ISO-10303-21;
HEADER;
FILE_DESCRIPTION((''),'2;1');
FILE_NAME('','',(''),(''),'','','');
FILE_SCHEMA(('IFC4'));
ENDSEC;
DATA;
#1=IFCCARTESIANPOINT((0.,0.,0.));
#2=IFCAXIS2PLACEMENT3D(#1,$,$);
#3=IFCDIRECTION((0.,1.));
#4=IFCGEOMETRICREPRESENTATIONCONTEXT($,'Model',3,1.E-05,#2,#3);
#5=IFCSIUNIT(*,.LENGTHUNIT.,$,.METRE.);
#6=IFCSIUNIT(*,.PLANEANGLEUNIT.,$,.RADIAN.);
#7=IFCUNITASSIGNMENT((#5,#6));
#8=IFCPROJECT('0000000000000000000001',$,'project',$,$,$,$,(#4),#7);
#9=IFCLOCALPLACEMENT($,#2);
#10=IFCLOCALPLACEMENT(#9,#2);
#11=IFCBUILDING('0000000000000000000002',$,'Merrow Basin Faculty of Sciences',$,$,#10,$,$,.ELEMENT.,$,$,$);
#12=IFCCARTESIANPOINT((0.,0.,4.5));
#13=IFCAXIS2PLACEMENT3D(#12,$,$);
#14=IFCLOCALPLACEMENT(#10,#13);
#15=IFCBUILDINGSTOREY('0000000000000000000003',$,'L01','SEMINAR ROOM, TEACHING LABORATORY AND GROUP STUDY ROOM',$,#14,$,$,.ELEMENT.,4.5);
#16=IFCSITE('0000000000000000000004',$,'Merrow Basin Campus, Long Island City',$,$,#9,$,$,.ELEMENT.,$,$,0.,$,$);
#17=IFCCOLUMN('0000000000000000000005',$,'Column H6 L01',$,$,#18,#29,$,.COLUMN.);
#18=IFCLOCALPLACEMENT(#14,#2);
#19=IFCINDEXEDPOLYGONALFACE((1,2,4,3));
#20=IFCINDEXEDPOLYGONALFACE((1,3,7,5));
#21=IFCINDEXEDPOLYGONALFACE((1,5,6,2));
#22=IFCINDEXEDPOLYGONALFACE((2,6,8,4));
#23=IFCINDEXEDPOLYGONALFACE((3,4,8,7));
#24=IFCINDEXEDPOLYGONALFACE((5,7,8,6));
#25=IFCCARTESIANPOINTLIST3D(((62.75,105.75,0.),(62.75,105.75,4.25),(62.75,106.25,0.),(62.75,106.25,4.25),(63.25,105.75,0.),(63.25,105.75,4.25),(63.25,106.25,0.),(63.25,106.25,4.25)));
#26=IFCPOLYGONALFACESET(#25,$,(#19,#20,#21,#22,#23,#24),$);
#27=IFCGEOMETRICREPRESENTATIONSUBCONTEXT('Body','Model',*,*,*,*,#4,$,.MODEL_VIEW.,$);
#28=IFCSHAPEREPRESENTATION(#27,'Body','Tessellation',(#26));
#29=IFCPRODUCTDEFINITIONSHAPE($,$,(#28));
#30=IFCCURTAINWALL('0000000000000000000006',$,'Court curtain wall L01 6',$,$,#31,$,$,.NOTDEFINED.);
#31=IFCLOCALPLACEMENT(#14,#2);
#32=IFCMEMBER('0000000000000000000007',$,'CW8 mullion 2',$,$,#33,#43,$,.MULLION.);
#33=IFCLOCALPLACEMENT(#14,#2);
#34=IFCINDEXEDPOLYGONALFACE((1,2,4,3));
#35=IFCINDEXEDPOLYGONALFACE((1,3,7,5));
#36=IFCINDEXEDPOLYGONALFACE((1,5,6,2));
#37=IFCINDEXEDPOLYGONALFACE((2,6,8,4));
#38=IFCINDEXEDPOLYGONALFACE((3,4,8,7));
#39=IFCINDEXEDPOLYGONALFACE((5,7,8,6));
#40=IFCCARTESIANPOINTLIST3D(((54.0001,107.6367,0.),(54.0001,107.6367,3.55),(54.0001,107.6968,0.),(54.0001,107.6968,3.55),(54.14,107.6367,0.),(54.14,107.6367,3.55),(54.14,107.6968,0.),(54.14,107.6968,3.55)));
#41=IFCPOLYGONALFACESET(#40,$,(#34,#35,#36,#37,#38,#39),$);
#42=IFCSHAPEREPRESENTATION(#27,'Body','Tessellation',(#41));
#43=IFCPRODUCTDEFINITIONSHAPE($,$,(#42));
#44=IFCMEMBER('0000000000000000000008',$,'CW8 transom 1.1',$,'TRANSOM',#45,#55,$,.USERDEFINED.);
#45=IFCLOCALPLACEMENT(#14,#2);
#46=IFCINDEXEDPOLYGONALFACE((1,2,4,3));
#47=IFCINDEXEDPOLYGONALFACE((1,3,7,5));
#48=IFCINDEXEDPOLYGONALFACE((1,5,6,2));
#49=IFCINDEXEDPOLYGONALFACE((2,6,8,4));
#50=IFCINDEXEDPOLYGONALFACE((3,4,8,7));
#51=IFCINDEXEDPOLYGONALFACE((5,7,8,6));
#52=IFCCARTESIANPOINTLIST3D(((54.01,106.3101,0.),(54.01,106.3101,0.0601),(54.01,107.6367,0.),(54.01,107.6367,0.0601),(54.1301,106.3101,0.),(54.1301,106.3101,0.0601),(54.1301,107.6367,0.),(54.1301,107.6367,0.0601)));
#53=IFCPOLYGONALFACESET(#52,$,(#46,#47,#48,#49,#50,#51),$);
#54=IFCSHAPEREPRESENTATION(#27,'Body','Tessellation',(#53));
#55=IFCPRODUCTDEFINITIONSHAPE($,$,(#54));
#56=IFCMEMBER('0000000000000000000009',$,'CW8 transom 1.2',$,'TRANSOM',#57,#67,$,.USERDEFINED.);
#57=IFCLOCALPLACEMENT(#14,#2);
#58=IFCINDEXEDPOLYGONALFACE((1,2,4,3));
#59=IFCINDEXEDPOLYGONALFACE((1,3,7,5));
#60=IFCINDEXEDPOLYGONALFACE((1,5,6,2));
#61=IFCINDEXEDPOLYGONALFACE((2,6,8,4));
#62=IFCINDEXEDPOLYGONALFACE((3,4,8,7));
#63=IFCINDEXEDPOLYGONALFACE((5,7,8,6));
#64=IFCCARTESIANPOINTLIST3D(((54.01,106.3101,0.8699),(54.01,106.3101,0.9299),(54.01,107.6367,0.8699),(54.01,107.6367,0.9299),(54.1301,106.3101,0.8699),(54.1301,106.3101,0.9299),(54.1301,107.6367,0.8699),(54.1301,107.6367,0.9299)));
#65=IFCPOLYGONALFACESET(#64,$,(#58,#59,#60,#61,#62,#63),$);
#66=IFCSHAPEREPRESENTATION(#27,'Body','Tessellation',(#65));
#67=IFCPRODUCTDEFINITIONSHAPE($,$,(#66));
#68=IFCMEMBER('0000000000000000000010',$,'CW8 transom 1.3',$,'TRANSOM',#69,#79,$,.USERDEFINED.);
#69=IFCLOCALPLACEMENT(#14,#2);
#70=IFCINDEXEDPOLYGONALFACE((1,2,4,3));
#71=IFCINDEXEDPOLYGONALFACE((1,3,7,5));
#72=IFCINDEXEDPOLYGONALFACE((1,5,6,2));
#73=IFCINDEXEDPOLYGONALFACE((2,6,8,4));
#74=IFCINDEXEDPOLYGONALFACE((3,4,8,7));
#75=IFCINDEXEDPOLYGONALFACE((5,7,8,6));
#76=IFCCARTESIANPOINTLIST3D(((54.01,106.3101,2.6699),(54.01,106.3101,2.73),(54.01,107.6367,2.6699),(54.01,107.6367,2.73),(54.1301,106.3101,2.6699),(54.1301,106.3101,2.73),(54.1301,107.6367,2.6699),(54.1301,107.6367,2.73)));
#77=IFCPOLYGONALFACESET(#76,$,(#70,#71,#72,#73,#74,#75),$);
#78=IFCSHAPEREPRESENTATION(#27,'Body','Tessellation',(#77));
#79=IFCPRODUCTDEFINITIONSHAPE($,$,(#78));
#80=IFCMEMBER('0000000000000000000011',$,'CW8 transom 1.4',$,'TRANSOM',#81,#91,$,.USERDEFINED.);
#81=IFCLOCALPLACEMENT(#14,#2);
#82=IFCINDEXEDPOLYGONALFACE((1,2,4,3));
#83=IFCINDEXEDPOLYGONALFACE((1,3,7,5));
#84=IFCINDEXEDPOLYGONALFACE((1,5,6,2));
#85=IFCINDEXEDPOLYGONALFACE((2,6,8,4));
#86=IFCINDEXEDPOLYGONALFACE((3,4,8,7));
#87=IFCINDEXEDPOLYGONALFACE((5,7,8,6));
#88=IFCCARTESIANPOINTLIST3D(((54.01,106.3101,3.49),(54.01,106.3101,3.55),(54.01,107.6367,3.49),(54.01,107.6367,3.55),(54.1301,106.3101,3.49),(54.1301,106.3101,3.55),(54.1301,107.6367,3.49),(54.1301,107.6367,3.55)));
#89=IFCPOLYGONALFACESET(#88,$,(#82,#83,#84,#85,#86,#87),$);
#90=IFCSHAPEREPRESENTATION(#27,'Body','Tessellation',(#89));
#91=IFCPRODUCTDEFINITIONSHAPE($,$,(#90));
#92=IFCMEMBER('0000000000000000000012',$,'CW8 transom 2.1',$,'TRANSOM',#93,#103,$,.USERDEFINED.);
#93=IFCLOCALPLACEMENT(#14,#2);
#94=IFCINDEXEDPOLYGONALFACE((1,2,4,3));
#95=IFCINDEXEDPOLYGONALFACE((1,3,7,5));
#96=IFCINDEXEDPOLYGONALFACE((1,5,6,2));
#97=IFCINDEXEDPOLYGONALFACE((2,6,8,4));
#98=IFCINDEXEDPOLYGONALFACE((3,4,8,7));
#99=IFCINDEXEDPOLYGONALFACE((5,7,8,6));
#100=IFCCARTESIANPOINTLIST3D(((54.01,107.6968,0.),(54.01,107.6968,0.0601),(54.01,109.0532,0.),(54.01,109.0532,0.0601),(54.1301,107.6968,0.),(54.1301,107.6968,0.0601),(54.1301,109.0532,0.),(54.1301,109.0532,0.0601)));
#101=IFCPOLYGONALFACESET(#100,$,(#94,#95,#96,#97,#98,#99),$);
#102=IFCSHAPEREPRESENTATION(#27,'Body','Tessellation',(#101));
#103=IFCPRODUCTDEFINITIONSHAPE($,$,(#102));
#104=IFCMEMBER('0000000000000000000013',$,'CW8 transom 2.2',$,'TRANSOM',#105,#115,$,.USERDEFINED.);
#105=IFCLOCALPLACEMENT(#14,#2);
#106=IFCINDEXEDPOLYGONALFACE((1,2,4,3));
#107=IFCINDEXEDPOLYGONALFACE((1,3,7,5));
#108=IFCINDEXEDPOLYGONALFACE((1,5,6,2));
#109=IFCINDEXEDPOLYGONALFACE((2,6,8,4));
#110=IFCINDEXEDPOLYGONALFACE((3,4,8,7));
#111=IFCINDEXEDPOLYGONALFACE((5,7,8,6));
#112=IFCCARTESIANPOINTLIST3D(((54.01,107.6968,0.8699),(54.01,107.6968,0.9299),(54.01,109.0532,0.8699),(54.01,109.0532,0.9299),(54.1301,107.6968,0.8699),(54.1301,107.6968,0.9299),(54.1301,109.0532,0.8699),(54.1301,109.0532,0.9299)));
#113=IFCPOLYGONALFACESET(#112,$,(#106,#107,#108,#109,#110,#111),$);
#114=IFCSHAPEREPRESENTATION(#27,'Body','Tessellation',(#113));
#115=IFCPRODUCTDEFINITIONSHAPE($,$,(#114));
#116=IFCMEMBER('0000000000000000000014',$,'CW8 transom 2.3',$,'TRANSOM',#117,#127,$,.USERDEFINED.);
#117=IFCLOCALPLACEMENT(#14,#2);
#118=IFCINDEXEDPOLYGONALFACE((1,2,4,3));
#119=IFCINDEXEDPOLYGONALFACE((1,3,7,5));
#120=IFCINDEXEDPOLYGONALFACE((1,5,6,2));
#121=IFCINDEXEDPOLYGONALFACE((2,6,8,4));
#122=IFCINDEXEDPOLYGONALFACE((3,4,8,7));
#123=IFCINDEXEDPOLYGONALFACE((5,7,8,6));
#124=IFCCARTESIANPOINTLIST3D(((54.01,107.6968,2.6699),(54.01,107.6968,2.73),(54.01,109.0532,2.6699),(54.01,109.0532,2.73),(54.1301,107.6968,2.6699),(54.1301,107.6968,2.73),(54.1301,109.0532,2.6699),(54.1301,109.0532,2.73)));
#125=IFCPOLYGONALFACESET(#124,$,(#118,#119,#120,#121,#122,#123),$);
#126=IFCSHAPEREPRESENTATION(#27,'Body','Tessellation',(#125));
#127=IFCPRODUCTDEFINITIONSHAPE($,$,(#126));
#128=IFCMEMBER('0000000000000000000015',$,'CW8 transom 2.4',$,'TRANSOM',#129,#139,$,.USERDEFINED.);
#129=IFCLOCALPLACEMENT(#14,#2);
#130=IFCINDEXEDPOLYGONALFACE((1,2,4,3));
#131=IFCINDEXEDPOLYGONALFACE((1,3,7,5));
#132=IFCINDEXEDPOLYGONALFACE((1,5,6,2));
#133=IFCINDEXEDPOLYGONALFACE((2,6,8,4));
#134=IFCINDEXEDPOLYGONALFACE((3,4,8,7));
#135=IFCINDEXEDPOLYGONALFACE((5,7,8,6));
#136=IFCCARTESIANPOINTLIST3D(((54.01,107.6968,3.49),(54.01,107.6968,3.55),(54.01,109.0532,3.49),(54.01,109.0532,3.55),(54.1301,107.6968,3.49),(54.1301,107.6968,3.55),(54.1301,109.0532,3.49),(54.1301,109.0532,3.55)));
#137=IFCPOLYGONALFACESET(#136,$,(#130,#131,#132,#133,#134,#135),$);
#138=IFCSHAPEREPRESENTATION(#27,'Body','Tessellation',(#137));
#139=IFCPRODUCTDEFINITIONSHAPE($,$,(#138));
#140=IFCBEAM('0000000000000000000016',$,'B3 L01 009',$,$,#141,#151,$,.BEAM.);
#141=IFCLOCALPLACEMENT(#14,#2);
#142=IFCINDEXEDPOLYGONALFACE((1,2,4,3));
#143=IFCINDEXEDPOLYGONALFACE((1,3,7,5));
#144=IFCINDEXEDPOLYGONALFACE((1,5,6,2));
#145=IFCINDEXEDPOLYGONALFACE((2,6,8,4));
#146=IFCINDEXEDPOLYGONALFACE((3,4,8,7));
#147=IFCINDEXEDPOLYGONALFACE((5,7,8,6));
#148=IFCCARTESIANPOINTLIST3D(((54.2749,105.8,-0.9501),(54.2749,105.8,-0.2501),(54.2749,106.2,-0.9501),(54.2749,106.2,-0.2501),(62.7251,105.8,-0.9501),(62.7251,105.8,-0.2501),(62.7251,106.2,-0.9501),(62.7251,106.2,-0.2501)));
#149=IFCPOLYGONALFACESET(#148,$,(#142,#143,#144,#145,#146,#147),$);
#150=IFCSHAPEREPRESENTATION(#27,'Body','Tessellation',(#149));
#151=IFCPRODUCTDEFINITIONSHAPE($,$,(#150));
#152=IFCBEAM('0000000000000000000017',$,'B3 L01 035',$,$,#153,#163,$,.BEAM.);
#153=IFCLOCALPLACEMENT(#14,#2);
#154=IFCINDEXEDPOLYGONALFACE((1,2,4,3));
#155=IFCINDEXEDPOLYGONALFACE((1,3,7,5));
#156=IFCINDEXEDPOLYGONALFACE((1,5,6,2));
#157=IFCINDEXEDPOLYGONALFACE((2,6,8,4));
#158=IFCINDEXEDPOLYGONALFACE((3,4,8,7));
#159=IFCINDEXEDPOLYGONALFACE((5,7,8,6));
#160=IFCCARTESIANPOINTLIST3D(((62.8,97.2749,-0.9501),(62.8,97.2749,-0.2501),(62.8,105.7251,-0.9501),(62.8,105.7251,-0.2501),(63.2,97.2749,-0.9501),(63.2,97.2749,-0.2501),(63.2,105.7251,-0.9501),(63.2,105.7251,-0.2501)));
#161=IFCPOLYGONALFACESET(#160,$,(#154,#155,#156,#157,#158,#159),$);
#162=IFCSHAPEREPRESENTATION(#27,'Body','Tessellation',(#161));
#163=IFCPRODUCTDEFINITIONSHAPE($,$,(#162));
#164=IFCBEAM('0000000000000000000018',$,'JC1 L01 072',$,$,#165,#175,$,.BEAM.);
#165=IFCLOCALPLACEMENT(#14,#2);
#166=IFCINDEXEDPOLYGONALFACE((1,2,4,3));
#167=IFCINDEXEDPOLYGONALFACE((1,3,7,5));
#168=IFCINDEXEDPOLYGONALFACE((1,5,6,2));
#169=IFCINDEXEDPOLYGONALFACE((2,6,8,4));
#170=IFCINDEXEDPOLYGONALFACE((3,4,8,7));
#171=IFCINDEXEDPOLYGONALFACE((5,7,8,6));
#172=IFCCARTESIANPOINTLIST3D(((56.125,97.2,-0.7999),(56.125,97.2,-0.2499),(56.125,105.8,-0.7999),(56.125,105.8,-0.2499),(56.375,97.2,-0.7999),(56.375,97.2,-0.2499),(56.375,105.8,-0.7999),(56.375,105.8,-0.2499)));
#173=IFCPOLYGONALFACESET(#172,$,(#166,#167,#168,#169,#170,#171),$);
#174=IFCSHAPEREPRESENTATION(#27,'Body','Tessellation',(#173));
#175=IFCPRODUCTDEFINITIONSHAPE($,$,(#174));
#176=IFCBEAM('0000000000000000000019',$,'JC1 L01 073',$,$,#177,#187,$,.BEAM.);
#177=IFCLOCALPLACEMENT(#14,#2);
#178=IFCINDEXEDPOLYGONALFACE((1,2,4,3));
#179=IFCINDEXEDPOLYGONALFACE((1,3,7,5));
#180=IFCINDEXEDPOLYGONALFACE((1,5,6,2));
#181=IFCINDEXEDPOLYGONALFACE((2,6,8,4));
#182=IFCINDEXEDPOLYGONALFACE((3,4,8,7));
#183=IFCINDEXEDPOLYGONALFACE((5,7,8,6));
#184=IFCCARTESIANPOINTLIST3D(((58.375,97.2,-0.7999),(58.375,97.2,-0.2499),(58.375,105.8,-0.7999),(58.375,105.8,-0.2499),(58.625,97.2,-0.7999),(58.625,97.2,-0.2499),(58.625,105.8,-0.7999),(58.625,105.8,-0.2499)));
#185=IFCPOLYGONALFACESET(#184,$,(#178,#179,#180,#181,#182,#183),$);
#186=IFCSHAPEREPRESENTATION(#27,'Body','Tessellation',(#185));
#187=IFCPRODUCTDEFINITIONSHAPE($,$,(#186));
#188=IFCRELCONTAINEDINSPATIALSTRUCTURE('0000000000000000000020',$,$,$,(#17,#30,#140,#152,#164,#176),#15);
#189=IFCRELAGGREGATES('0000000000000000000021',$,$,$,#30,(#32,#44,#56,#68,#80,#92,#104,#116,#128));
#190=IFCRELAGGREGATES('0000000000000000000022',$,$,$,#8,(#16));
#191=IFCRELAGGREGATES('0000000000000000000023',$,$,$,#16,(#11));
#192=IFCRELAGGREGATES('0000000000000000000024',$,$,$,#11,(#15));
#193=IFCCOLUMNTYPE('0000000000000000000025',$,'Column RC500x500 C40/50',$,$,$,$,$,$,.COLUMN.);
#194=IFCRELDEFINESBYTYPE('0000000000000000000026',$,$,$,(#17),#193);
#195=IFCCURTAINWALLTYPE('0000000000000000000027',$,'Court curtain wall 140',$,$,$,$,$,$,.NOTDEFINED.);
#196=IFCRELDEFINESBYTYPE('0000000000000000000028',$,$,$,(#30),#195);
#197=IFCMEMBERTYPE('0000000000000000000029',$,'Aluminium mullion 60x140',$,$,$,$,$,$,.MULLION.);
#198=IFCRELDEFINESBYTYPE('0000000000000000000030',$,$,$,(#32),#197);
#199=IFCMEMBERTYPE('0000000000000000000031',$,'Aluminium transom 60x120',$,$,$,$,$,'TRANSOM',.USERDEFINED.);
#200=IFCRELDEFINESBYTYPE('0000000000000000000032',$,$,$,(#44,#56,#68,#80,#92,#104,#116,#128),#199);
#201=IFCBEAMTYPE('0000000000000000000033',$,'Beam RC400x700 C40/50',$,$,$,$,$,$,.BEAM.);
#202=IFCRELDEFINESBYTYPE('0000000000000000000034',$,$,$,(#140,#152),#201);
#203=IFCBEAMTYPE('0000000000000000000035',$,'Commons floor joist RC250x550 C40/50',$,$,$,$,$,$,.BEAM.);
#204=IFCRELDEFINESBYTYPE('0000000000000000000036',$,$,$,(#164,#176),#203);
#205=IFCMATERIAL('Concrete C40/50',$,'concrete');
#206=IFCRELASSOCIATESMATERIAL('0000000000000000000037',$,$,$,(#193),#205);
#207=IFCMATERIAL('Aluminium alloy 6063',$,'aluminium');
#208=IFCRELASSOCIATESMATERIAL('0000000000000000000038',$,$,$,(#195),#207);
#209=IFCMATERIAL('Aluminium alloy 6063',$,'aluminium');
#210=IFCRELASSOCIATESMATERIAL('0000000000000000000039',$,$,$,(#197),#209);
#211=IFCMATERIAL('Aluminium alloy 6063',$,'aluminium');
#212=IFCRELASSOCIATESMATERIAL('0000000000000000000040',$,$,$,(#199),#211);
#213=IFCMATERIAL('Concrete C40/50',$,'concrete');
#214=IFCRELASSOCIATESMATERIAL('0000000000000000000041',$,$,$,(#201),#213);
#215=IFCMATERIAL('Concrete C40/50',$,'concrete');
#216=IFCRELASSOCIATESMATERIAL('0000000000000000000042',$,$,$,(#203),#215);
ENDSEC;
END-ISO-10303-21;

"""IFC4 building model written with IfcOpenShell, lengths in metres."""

from ifc_helpers import new_model, si_unit, direction, frame, origin, origin_2d, place, context, subcontext, project, spatial, rectangle, extrude, material, material_profile, profile_set, type_object, element, aggregate, save


model = new_model("IFC4")

# Units and contexts
model_context = context("Model", 3, precision=1e-05, world=origin(), true_north=direction((0.0, 1.0)))
body_context = subcontext(model_context, "Body", "Model", "MODEL_VIEW")
ifc_project = project(units=[si_unit("LENGTHUNIT", "METRE"), si_unit("PLANEANGLEUNIT", "RADIAN")], contexts=[model_context])

# Site, building, storey
site_placement = place(None, origin())
site = spatial("IfcSite", under=ifc_project, at=site_placement, Name="Merrow Basin Campus, Long Island City", CompositionType="ELEMENT", RefElevation=0.0)
building_placement = place(site_placement, origin())
building = spatial("IfcBuilding", under=site, at=building_placement, Name="Merrow Basin Faculty of Sciences", CompositionType="ELEMENT")
storey_placement = place(building_placement, frame((0.0, 0.0, 4.5)))
storey = spatial("IfcBuildingStorey", under=building, at=storey_placement, Name="L01", Description="SEMINAR ROOM, TEACHING LABORATORY AND GROUP STUDY ROOM", CompositionType="ELEMENT", Elevation=4.5)

# Column
ifc_material_1 = material(Name="Concrete C40/50", Category="concrete")
ifc_material_profile_1 = material_profile(ifc_material_1, rectangle(XDim=0.5, YDim=0.5, at=origin_2d()))
ifc_profile_set_1 = profile_set([ifc_material_profile_1], Name="Concrete C40/50")
column_type = type_object("IfcColumnType", Name="Column RC500x500 C40/50", PredefinedType="COLUMN", material=ifc_profile_set_1)
column_placement = place(storey_placement, frame((63.0, 106.0, 0.0), z_axis=(0.0, 0.0, 1.0), x_axis=(1.0, 0.0, 0.0)))
element("IfcColumn", 1, at=column_placement, inside=storey, type_object=column_type, Name="Column H6 L01", PredefinedType="COLUMN", context=body_context, shape_type="SweptSolid", body=[
    extrude(rectangle(XDim=0.5, YDim=0.5, at=origin_2d()), origin(), (0.0, 0.0, 1.0), 4.25),
])

# Curtain wall, members
ifc_material_2 = material(Name="Aluminium alloy 6063", Category="aluminium")
curtain_wall_type = type_object("IfcCurtainWallType", Name="Court curtain wall 140", PredefinedType="NOTDEFINED", material=ifc_material_2)
curtain_wall_placement = place(storey_placement, origin())
curtain_wall = element("IfcCurtainWall", 2, at=curtain_wall_placement, inside=storey, type_object=curtain_wall_type, Name="Court curtain wall L01 6", PredefinedType="NOTDEFINED")
ifc_material_3 = material(Name="Aluminium alloy 6063", Category="aluminium")
ifc_material_profile_2 = material_profile(ifc_material_3, rectangle(XDim=0.1399, YDim=0.0601, at=origin_2d()))
ifc_profile_set_2 = profile_set([ifc_material_profile_2], Name="Aluminium alloy 6063")
member_type_1 = type_object("IfcMemberType", Name="Aluminium mullion 60x140", PredefinedType="MULLION", material=ifc_profile_set_2)
member_1_placement = place(storey_placement, frame((54.0701, 107.6667, 0.0), z_axis=(0.0, 0.0, 1.0), x_axis=(-1.0, 0.0, 0.0)))
member_1 = element("IfcMember", 3, at=member_1_placement, type_object=member_type_1, Name="CW8 mullion 2", PredefinedType="MULLION", context=body_context, shape_type="SweptSolid", body=[
    extrude(rectangle(XDim=0.1399, YDim=0.0601, at=origin_2d()), origin(), (0.0, 0.0, 1.0), 3.55),
])
ifc_material_4 = material(Name="Aluminium alloy 6063", Category="aluminium")
ifc_material_profile_3 = material_profile(ifc_material_4, rectangle(XDim=0.1201, YDim=0.0601, at=origin_2d()))
ifc_profile_set_3 = profile_set([ifc_material_profile_3], Name="Aluminium alloy 6063")
member_type_2 = type_object("IfcMemberType", Name="Aluminium transom 60x120", ElementType="TRANSOM", PredefinedType="USERDEFINED", material=ifc_profile_set_3)
member_2_placement = place(storey_placement, frame((54.0701, 106.3101, 0.03), z_axis=(0.0, 1.0, 0.0), x_axis=(-1.0, 0.0, 0.0)))
member_2 = element("IfcMember", 4, at=member_2_placement, type_object=member_type_2, Name="CW8 transom 1.1", ObjectType="TRANSOM", PredefinedType="USERDEFINED", context=body_context, shape_type="SweptSolid", body=[
    extrude(rectangle(XDim=0.1201, YDim=0.0601, at=origin_2d()), origin(), (0.0, 0.0, 1.0), 1.3267),
])
member_3_placement = place(storey_placement, frame((54.0701, 106.3101, 0.8999), z_axis=(0.0, 1.0, 0.0), x_axis=(-1.0, 0.0, 0.0)))
member_3 = element("IfcMember", 5, at=member_3_placement, type_object=member_type_2, Name="CW8 transom 1.2", ObjectType="TRANSOM", PredefinedType="USERDEFINED", context=body_context, shape_type="SweptSolid", body=[
    extrude(rectangle(XDim=0.1201, YDim=0.0601, at=origin_2d()), origin(), (0.0, 0.0, 1.0), 1.3267),
])
member_4_placement = place(storey_placement, frame((54.0701, 106.3101, 2.7), z_axis=(0.0, 1.0, 0.0), x_axis=(-1.0, 0.0, 0.0)))
member_4 = element("IfcMember", 6, at=member_4_placement, type_object=member_type_2, Name="CW8 transom 1.3", ObjectType="TRANSOM", PredefinedType="USERDEFINED", context=body_context, shape_type="SweptSolid", body=[
    extrude(rectangle(XDim=0.1201, YDim=0.0601, at=origin_2d()), origin(), (0.0, 0.0, 1.0), 1.3267),
])
member_5_placement = place(storey_placement, frame((54.0701, 106.3101, 3.52), z_axis=(0.0, 1.0, 0.0), x_axis=(-1.0, 0.0, 0.0)))
member_5 = element("IfcMember", 7, at=member_5_placement, type_object=member_type_2, Name="CW8 transom 1.4", ObjectType="TRANSOM", PredefinedType="USERDEFINED", context=body_context, shape_type="SweptSolid", body=[
    extrude(rectangle(XDim=0.1201, YDim=0.0601, at=origin_2d()), origin(), (0.0, 0.0, 1.0), 1.3267),
])
member_6_placement = place(storey_placement, frame((54.0701, 107.6968, 0.03), z_axis=(0.0, 1.0, 0.0), x_axis=(-1.0, 0.0, 0.0)))
member_6 = element("IfcMember", 8, at=member_6_placement, type_object=member_type_2, Name="CW8 transom 2.1", ObjectType="TRANSOM", PredefinedType="USERDEFINED", context=body_context, shape_type="SweptSolid", body=[
    extrude(rectangle(XDim=0.1201, YDim=0.0601, at=origin_2d()), origin(), (0.0, 0.0, 1.0), 1.3564),
])
member_7_placement = place(storey_placement, frame((54.0701, 107.6968, 0.8999), z_axis=(0.0, 1.0, 0.0), x_axis=(-1.0, 0.0, 0.0)))
member_7 = element("IfcMember", 9, at=member_7_placement, type_object=member_type_2, Name="CW8 transom 2.2", ObjectType="TRANSOM", PredefinedType="USERDEFINED", context=body_context, shape_type="SweptSolid", body=[
    extrude(rectangle(XDim=0.1201, YDim=0.0601, at=origin_2d()), origin(), (0.0, 0.0, 1.0), 1.3564),
])
member_8_placement = place(storey_placement, frame((54.0701, 107.6968, 2.7), z_axis=(0.0, 1.0, 0.0), x_axis=(-1.0, 0.0, 0.0)))
member_8 = element("IfcMember", 10, at=member_8_placement, type_object=member_type_2, Name="CW8 transom 2.3", ObjectType="TRANSOM", PredefinedType="USERDEFINED", context=body_context, shape_type="SweptSolid", body=[
    extrude(rectangle(XDim=0.1201, YDim=0.0601, at=origin_2d()), origin(), (0.0, 0.0, 1.0), 1.3564),
])
member_9_placement = place(storey_placement, frame((54.0701, 107.6968, 3.52), z_axis=(0.0, 1.0, 0.0), x_axis=(-1.0, 0.0, 0.0)))
member_9 = element("IfcMember", 11, at=member_9_placement, type_object=member_type_2, Name="CW8 transom 2.4", ObjectType="TRANSOM", PredefinedType="USERDEFINED", context=body_context, shape_type="SweptSolid", body=[
    extrude(rectangle(XDim=0.1201, YDim=0.0601, at=origin_2d()), origin(), (0.0, 0.0, 1.0), 1.3564),
])

# Beams
ifc_material_5 = material(Name="Concrete C40/50", Category="concrete")
ifc_material_profile_4 = material_profile(ifc_material_5, rectangle(XDim=0.3999, YDim=0.7, at=origin_2d()))
ifc_profile_set_4 = profile_set([ifc_material_profile_4], Name="Concrete C40/50")
beam_type_1 = type_object("IfcBeamType", Name="Beam RC400x700 C40/50", PredefinedType="BEAM", material=ifc_profile_set_4)
for number, where, z_axis, x_axis, name in (
    (12, (54.2749, 106.0, -0.6001), (1.0, 0.0, 0.0), (0.0, 1.0, 0.0), "B3 L01 009"),
    (13, (63.0, 97.2749, -0.6001), (0.0, 1.0, 0.0), (-1.0, 0.0, 0.0), "B3 L01 035"),
):
    element("IfcBeam", number, at=place(storey_placement, frame(where, z_axis=z_axis, x_axis=x_axis)), inside=storey, type_object=beam_type_1, Name=name, PredefinedType="BEAM", context=body_context, shape_type="SweptSolid", body=[
        extrude(rectangle(XDim=0.3999, YDim=0.7, at=origin_2d()), origin(), (0.0, 0.0, 1.0), 8.4502),
    ])
ifc_material_6 = material(Name="Concrete C40/50", Category="concrete")
ifc_material_profile_5 = material_profile(ifc_material_6, rectangle(XDim=0.25, YDim=0.55, at=origin_2d()))
ifc_profile_set_5 = profile_set([ifc_material_profile_5], Name="Concrete C40/50")
beam_type_2 = type_object("IfcBeamType", Name="Commons floor joist RC250x550 C40/50", PredefinedType="BEAM", material=ifc_profile_set_5)
for number, where, z_axis, x_axis, name in (
    (14, (56.25, 97.2, -0.5249), (0.0, 1.0, 0.0), (-1.0, 0.0, 0.0), "JC1 L01 072"),
    (15, (58.5, 97.2, -0.5249), (0.0, 1.0, 0.0), (-1.0, 0.0, 0.0), "JC1 L01 073"),
):
    element("IfcBeam", number, at=place(storey_placement, frame(where, z_axis=z_axis, x_axis=x_axis)), inside=storey, type_object=beam_type_2, Name=name, PredefinedType="BEAM", context=body_context, shape_type="SweptSolid", body=[
        extrude(rectangle(XDim=0.25, YDim=0.55, at=origin_2d()), origin(), (0.0, 0.0, 1.0), 8.6001),
    ])

aggregate(curtain_wall, [member_1, member_2, member_3, member_4, member_5, member_6, member_7, member_8, member_9])

save(model, "model.ifc")
